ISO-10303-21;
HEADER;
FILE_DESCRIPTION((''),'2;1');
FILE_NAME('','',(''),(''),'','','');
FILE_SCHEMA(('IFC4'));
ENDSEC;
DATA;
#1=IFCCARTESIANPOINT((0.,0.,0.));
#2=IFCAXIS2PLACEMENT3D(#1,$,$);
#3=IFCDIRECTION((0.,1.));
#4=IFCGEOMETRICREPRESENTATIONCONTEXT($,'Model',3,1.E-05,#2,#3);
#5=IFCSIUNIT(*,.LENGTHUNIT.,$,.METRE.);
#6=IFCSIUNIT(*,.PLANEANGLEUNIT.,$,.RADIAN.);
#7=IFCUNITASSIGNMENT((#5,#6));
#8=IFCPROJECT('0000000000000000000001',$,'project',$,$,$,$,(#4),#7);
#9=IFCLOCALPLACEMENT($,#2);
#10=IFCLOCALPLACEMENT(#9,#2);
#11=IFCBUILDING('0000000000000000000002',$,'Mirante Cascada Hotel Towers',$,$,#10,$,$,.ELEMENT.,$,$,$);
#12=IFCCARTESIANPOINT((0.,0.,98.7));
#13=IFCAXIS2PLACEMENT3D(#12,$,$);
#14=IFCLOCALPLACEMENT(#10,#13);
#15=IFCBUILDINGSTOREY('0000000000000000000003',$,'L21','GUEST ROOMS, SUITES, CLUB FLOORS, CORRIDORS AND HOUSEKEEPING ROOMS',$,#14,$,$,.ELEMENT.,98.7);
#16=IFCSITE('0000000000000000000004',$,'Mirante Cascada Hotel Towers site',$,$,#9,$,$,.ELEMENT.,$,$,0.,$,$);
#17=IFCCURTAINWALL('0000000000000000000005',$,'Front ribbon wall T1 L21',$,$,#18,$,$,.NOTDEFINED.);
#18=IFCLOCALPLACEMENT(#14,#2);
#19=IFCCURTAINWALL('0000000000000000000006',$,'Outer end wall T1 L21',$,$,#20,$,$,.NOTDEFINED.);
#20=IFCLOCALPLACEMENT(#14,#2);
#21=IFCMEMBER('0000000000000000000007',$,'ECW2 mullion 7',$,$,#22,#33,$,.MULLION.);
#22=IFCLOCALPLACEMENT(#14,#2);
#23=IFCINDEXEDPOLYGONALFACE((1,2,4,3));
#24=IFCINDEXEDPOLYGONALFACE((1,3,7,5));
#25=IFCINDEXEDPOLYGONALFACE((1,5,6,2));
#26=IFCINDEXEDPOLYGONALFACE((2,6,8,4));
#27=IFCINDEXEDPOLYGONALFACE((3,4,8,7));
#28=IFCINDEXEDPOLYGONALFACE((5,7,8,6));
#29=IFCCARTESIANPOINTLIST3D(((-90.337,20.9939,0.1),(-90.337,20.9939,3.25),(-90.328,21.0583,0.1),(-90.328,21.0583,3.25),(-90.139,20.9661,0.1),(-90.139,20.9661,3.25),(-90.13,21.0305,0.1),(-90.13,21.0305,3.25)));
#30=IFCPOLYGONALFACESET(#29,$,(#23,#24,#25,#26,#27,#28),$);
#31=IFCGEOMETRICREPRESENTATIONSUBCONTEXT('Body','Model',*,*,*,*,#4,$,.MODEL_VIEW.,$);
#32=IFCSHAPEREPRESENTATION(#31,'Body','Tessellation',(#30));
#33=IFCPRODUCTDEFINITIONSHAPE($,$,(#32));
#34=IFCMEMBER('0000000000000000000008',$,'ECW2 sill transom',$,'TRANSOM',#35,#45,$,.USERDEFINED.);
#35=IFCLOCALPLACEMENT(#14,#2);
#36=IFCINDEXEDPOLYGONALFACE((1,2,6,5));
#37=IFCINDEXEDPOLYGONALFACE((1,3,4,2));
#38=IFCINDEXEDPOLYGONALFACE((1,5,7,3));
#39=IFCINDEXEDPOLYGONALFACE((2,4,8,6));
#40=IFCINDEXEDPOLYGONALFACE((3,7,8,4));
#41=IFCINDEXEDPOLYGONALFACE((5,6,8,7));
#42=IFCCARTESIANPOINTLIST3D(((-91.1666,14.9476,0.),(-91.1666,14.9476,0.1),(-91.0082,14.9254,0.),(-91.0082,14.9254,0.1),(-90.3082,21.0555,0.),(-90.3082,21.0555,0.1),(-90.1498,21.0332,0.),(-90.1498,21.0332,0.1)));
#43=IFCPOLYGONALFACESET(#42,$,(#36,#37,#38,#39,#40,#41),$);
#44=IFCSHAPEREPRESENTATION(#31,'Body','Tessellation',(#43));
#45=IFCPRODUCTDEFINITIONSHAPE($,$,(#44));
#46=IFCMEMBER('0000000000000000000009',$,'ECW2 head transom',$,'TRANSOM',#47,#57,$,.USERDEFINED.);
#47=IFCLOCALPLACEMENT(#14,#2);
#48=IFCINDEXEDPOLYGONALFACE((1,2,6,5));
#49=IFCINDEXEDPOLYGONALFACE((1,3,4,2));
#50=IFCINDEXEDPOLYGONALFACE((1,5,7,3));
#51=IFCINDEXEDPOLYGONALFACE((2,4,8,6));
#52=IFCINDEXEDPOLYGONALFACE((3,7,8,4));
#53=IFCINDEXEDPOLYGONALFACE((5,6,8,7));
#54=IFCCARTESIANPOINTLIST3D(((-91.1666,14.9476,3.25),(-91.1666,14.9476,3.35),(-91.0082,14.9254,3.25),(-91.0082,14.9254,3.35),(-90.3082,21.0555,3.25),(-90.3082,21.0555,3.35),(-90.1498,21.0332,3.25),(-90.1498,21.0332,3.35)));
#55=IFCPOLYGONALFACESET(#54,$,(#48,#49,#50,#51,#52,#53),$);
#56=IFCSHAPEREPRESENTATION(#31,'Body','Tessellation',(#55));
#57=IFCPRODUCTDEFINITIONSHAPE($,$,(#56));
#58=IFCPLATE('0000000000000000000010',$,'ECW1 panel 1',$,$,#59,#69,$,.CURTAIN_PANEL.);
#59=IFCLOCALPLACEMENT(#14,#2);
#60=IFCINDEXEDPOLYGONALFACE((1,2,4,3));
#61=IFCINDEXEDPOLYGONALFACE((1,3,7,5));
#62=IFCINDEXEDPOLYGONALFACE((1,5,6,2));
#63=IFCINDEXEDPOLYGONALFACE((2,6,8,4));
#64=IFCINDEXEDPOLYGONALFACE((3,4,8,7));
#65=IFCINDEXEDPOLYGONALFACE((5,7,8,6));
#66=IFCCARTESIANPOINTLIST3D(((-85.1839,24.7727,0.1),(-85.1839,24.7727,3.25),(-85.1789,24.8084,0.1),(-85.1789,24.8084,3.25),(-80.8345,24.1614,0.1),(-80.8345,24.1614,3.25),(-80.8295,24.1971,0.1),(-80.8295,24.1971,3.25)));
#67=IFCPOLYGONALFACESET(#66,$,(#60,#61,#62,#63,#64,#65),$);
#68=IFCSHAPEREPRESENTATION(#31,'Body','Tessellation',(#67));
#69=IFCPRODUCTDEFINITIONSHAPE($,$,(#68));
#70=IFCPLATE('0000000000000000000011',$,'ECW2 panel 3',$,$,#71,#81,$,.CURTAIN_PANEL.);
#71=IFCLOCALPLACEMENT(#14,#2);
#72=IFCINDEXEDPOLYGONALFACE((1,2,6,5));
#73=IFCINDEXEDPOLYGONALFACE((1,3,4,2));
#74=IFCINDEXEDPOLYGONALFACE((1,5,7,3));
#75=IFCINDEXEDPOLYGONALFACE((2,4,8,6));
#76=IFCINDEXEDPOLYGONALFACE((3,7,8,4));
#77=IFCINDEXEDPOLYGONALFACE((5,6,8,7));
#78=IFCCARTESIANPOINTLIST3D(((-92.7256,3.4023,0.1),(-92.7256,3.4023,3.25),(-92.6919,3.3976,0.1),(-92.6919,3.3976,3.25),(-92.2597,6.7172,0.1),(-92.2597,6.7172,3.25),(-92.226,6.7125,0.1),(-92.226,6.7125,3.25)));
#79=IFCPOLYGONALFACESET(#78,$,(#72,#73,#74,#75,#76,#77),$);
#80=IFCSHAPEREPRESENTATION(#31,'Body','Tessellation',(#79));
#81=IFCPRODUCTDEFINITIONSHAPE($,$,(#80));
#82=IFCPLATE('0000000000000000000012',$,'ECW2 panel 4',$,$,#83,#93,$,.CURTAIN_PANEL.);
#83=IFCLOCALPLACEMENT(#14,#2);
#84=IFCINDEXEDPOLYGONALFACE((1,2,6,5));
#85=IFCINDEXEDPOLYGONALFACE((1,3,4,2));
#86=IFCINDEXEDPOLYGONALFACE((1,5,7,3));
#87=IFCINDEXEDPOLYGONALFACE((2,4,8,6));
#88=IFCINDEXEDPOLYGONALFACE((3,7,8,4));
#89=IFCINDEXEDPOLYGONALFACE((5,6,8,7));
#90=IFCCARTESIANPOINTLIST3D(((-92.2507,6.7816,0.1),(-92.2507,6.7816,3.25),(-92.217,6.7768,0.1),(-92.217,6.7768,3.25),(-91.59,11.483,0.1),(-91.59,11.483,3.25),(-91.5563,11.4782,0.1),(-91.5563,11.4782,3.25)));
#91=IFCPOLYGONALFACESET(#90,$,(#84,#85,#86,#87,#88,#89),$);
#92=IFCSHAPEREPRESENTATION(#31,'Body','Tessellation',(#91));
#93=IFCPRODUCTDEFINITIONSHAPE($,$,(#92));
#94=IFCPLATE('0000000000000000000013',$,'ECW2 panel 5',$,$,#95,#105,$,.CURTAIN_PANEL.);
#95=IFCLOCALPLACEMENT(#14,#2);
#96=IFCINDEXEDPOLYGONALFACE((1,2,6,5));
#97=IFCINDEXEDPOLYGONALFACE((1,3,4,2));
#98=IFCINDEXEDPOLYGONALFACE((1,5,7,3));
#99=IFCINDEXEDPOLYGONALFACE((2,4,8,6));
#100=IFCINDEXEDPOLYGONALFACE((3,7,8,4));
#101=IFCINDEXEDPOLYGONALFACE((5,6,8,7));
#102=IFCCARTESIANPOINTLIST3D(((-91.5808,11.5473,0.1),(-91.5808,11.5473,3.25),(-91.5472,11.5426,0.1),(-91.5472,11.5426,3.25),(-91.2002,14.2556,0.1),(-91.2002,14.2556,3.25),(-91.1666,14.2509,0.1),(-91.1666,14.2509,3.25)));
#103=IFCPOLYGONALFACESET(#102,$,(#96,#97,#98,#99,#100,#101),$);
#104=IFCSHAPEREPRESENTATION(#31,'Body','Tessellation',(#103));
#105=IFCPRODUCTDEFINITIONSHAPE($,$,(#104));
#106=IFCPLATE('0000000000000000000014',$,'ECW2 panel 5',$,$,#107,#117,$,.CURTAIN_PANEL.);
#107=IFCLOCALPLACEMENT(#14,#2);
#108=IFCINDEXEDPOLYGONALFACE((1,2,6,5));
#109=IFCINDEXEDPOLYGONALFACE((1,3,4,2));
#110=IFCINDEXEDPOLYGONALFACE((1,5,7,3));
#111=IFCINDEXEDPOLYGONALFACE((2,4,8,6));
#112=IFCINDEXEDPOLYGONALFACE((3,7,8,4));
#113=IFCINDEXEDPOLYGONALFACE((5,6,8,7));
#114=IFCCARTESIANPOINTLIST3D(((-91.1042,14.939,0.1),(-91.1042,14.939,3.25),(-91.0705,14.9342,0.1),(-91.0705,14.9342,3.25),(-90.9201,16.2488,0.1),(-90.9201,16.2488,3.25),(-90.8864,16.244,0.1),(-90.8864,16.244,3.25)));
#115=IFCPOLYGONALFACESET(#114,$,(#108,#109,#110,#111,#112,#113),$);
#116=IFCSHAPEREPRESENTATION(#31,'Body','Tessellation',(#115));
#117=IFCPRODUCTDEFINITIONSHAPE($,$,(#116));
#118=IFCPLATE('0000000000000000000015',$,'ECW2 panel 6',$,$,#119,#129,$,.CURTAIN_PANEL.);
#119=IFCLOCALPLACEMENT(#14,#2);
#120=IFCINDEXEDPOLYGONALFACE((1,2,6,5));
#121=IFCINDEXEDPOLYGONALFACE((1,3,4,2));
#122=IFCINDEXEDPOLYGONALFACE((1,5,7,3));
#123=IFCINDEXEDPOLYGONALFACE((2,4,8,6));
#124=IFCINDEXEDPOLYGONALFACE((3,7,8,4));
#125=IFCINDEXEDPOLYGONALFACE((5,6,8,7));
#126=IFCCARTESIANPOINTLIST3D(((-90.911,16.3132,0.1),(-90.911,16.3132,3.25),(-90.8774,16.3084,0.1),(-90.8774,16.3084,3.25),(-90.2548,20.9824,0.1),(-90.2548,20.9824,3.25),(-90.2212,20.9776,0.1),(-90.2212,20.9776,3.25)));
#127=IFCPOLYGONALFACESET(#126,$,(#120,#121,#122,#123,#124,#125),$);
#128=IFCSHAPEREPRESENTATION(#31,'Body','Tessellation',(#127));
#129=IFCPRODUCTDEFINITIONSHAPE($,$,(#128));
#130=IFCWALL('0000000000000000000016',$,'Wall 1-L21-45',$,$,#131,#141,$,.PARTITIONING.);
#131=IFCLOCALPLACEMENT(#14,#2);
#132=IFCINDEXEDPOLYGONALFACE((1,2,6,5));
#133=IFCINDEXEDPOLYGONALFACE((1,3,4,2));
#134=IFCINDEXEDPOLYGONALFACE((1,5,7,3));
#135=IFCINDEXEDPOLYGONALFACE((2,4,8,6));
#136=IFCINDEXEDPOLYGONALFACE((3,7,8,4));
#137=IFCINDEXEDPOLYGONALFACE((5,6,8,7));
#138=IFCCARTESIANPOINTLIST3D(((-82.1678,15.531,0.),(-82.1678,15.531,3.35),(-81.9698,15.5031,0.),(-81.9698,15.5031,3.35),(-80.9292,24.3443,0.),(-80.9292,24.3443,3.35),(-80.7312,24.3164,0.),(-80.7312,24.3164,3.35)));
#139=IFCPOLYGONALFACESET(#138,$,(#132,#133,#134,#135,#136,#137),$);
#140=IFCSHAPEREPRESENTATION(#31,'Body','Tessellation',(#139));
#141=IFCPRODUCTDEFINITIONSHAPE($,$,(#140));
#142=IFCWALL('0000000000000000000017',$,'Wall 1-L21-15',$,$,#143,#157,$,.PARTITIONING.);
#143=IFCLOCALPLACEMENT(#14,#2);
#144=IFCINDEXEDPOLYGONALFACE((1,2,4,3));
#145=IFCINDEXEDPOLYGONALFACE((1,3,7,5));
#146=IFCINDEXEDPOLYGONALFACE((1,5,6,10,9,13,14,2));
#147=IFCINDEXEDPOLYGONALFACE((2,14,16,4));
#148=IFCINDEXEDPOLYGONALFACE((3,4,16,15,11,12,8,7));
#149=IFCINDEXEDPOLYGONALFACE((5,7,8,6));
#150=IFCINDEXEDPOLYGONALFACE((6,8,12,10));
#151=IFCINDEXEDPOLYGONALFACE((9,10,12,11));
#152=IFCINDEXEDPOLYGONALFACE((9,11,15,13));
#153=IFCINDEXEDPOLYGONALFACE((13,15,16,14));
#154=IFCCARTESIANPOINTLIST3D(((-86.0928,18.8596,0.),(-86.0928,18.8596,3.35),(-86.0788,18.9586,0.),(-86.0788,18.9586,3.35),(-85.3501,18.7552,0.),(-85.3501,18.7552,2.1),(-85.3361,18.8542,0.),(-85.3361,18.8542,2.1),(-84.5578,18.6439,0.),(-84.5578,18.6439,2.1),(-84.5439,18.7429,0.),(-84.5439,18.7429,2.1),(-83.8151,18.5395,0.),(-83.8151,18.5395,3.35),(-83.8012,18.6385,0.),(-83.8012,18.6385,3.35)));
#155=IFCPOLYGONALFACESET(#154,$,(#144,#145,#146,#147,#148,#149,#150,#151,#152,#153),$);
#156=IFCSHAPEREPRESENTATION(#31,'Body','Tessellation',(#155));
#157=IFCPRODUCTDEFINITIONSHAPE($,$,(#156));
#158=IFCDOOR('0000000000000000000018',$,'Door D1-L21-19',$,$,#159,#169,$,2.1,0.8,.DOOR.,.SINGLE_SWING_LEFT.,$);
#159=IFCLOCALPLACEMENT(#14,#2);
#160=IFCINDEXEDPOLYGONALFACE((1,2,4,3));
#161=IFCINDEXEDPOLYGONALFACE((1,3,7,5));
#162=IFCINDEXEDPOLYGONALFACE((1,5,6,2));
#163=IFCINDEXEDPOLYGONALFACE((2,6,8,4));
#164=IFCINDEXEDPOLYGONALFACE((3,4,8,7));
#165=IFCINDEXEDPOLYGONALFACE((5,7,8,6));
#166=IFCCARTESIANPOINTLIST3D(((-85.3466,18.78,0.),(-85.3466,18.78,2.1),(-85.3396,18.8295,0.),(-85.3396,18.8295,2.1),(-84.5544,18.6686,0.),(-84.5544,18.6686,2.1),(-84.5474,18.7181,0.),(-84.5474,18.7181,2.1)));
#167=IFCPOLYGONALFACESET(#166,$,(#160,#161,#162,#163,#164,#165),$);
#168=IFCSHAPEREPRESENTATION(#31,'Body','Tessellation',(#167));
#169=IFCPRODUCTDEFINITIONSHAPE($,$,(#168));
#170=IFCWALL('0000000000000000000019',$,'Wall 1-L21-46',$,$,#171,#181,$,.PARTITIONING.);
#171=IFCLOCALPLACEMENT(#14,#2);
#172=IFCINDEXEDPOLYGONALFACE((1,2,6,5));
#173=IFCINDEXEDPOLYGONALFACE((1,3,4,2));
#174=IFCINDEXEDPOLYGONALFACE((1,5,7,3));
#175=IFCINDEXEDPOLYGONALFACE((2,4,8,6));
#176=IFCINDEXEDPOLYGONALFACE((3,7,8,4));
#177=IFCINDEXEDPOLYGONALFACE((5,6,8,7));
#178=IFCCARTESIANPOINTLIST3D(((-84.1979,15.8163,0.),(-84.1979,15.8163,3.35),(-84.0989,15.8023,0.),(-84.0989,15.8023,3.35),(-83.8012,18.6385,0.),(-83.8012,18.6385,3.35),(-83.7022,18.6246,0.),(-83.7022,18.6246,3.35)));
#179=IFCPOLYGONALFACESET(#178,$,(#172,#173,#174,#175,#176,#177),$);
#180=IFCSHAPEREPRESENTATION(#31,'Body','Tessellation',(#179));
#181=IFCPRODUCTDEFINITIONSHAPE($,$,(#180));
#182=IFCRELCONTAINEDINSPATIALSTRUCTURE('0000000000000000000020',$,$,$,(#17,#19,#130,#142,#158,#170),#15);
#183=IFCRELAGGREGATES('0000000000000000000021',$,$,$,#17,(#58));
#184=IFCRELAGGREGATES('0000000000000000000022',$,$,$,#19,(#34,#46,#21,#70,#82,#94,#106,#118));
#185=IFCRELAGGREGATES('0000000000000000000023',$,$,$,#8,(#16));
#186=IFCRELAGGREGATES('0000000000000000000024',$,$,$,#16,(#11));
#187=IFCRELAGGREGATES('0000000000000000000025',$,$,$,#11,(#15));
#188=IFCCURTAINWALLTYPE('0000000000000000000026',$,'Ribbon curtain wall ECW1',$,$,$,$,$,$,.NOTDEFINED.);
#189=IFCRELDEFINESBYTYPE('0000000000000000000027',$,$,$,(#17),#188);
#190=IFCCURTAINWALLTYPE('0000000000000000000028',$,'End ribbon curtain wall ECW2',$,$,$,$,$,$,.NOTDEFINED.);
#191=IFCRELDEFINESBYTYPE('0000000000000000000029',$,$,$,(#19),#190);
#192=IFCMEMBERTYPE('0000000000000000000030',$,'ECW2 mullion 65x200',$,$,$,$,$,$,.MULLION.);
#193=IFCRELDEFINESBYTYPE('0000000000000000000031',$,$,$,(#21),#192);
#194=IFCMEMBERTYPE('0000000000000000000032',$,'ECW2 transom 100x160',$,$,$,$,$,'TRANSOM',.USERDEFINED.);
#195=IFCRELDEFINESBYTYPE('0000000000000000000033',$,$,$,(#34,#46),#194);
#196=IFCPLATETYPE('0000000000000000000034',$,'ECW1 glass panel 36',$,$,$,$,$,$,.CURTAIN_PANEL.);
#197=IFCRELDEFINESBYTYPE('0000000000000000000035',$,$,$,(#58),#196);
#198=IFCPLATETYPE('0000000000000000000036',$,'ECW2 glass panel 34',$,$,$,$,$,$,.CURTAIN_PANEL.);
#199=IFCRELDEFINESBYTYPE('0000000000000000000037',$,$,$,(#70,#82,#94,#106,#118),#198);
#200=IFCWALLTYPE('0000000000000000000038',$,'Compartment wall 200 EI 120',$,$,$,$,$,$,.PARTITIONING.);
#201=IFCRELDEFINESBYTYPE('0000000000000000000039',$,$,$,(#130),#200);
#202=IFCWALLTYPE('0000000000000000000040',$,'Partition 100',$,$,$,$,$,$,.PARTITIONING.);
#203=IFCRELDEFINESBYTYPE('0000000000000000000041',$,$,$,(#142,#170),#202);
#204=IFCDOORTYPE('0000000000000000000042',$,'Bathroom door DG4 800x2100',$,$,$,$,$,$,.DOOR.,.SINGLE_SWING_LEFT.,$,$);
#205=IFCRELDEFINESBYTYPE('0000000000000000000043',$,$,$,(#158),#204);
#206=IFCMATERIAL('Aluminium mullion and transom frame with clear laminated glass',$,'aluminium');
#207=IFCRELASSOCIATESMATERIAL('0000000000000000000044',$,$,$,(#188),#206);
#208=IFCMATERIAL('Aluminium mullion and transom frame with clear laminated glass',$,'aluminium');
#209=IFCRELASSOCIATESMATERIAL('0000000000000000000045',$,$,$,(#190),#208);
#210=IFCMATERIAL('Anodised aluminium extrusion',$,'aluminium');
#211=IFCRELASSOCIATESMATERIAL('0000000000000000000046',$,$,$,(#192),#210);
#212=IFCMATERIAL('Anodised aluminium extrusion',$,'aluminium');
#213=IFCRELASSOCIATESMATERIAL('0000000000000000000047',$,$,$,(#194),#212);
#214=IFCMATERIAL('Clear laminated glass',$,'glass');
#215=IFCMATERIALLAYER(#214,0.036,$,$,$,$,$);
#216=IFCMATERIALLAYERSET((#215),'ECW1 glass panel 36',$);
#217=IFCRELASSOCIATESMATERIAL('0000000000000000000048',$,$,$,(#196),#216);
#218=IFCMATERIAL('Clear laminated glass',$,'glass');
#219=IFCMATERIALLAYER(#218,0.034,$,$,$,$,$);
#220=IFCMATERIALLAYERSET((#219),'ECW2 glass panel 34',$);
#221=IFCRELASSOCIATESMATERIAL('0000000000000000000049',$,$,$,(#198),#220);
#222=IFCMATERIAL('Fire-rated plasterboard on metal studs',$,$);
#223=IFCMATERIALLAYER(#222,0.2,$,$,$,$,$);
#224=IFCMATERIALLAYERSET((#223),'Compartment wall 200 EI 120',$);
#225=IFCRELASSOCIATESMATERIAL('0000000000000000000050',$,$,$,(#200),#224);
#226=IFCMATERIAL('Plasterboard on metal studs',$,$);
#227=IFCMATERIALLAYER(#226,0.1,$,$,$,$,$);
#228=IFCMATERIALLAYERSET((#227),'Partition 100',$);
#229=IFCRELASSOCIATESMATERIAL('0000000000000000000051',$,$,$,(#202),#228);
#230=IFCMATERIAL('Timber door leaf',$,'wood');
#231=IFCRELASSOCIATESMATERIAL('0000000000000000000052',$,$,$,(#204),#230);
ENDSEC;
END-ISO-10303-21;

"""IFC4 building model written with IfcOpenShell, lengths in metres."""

from ifc_helpers import new_model, si_unit, direction, frame, frame_2d, origin, origin_2d, place, context, subcontext, project, spatial, rectangle, extrude, material, layer, layer_set, material_profile, profile_set, type_object, element, fill, aggregate, save


model = new_model("IFC4")

# Units and contexts
model_context = context("Model", 3, precision=1e-05, world=origin(), true_north=direction((0.0, 1.0)))
body_context = subcontext(model_context, "Body", "Model", "MODEL_VIEW")
ifc_project = project(units=[si_unit("LENGTHUNIT", "METRE"), si_unit("PLANEANGLEUNIT", "RADIAN")], contexts=[model_context])

# Site, building, storey
site_placement = place(None, origin())
site = spatial("IfcSite", under=ifc_project, at=site_placement, Name="Mirante Cascada Hotel Towers site", CompositionType="ELEMENT", RefElevation=0.0)
building_placement = place(site_placement, origin())
building = spatial("IfcBuilding", under=site, at=building_placement, Name="Mirante Cascada Hotel Towers", CompositionType="ELEMENT")
storey_placement = place(building_placement, frame((0.0, 0.0, 98.7)))
storey = spatial("IfcBuildingStorey", under=building, at=storey_placement, Name="L21", Description="GUEST ROOMS, SUITES, CLUB FLOORS, CORRIDORS AND HOUSEKEEPING ROOMS", CompositionType="ELEMENT", Elevation=98.7)

# Curtain walls, members
ifc_material_1 = material(Name="Aluminium mullion and transom frame with clear laminated glass", Category="aluminium")
curtain_wall_type_1 = type_object("IfcCurtainWallType", Name="Ribbon curtain wall ECW1", PredefinedType="NOTDEFINED", material=ifc_material_1)
curtain_wall_1_placement = place(storey_placement, origin())
curtain_wall_1 = element("IfcCurtainWall", 1, at=curtain_wall_1_placement, inside=storey, type_object=curtain_wall_type_1, Name="Front ribbon wall T1 L21", PredefinedType="NOTDEFINED")
ifc_material_2 = material(Name="Aluminium mullion and transom frame with clear laminated glass", Category="aluminium")
curtain_wall_type_2 = type_object("IfcCurtainWallType", Name="End ribbon curtain wall ECW2", PredefinedType="NOTDEFINED", material=ifc_material_2)
curtain_wall_2_placement = place(storey_placement, origin())
curtain_wall_2 = element("IfcCurtainWall", 2, at=curtain_wall_2_placement, inside=storey, type_object=curtain_wall_type_2, Name="Outer end wall T1 L21", PredefinedType="NOTDEFINED")
ifc_material_3 = material(Name="Anodised aluminium extrusion", Category="aluminium")
ifc_material_profile_1 = material_profile(ifc_material_3, rectangle(XDim=0.2, YDim=0.065, at=origin_2d()), Name="ECW2 MULLION 65x200")
ifc_profile_set_1 = profile_set([ifc_material_profile_1], Name="Anodised aluminium extrusion")
member_type_1 = type_object("IfcMemberType", Name="ECW2 mullion 65x200", PredefinedType="MULLION", material=ifc_profile_set_1)
member_1_placement = place(storey_placement, frame((-90.2335, 21.0122, 0.1), z_axis=(0.0, 0.0, 1.0), x_axis=(-0.990268, 0.139173, 0.0)))
member_1 = element("IfcMember", 3, at=member_1_placement, type_object=member_type_1, Name="ECW2 mullion 7", PredefinedType="MULLION", context=body_context, shape_type="SweptSolid", body=[
    extrude(rectangle(XDim=0.2, YDim=0.065, at=origin_2d()), origin(), (0.0, 0.0, 1.0), 3.15),
])
ifc_material_4 = material(Name="Anodised aluminium extrusion", Category="aluminium")
ifc_material_profile_2 = material_profile(ifc_material_4, rectangle(XDim=0.16, YDim=0.1, at=origin_2d()), Name="ECW2 TRANSOM 100x160")
ifc_profile_set_2 = profile_set([ifc_material_profile_2], Name="Anodised aluminium extrusion")
member_type_2 = type_object("IfcMemberType", Name="ECW2 transom 100x160", ElementType="TRANSOM", PredefinedType="USERDEFINED", material=ifc_profile_set_2)
member_2_placement = place(storey_placement, frame((-91.0874, 14.9365, 0.05), z_axis=(0.139172, 0.990268, 0.0), x_axis=(-0.990268, 0.139172, 0.0)))
member_2 = element("IfcMember", 4, at=member_2_placement, type_object=member_type_2, Name="ECW2 sill transom", ObjectType="TRANSOM", PredefinedType="USERDEFINED", context=body_context, shape_type="SweptSolid", body=[
    extrude(rectangle(XDim=0.16, YDim=0.1, at=origin_2d()), origin(), (0.0, 0.0, 1.0), 6.1679),
])
member_3_placement = place(storey_placement, frame((-91.0874, 14.9365, 3.3), z_axis=(0.139172, 0.990268, 0.0), x_axis=(-0.990268, 0.139172, 0.0)))
member_3 = element("IfcMember", 5, at=member_3_placement, type_object=member_type_2, Name="ECW2 head transom", ObjectType="TRANSOM", PredefinedType="USERDEFINED", context=body_context, shape_type="SweptSolid", body=[
    extrude(rectangle(XDim=0.16, YDim=0.1, at=origin_2d()), origin(), (0.0, 0.0, 1.0), 6.1679),
])

# Plates
ifc_material_5 = material(Name="Clear laminated glass", Category="glass")
ifc_layer_1 = layer(ifc_material_5, 0.036)
ifc_layer_set_1 = layer_set([ifc_layer_1], Name="ECW1 glass panel 36")
plate_type_1 = type_object("IfcPlateType", Name="ECW1 glass panel 36", PredefinedType="CURTAIN_PANEL", material=ifc_layer_set_1)
plate_1_placement = place(storey_placement, frame((-83.0067, 24.4849, 0.1), z_axis=(0.0, 0.0, 1.0), x_axis=(0.990268, -0.139173, 0.0)))
plate_1 = element("IfcPlate", 6, at=plate_1_placement, type_object=plate_type_1, Name="ECW1 panel 1", PredefinedType="CURTAIN_PANEL", context=body_context, shape_type="SweptSolid", body=[
    extrude(rectangle(XDim=4.3921, YDim=0.036, at=origin_2d()), origin(), (0.0, 0.0, 1.0), 3.15),
])
aggregate(curtain_wall_1, [plate_1])
ifc_material_6 = material(Name="Clear laminated glass", Category="glass")
ifc_layer_2 = layer(ifc_material_6, 0.034)
ifc_layer_set_2 = layer_set([ifc_layer_2], Name="ECW2 glass panel 34")
plate_type_2 = type_object("IfcPlateType", Name="ECW2 glass panel 34", PredefinedType="CURTAIN_PANEL", material=ifc_layer_set_2)
plate_2_placement = place(storey_placement, frame((-92.4758, 5.0574, 0.1), z_axis=(0.0, 0.0, 1.0), x_axis=(0.139173, 0.990268, 0.0)))
plate_2 = element("IfcPlate", 7, at=plate_2_placement, type_object=plate_type_2, Name="ECW2 panel 3", PredefinedType="CURTAIN_PANEL", context=body_context, shape_type="SweptSolid", body=[
    extrude(rectangle(XDim=3.3475, YDim=0.034, at=origin_2d()), origin(), (0.0, 0.0, 1.0), 3.15),
])
plate_3_placement = place(storey_placement, frame((-91.9035, 9.1299, 0.1), z_axis=(0.0, 0.0, 1.0), x_axis=(0.139173, 0.990268, 0.0)))
plate_3 = element("IfcPlate", 8, at=plate_3_placement, type_object=plate_type_2, Name="ECW2 panel 4", PredefinedType="CURTAIN_PANEL", context=body_context, shape_type="SweptSolid", body=[
    extrude(rectangle(XDim=4.7476, YDim=0.034, at=origin_2d()), origin(), (0.0, 0.0, 1.0), 3.15),
])
plate_4_placement = place(storey_placement, frame((-91.3737, 12.8991, 0.1), z_axis=(0.0, 0.0, 1.0), x_axis=(0.139173, 0.990268, 0.0)))
plate_4 = element("IfcPlate", 9, at=plate_4_placement, type_object=plate_type_2, Name="ECW2 panel 5", PredefinedType="CURTAIN_PANEL", context=body_context, shape_type="SweptSolid", body=[
    extrude(rectangle(XDim=2.7349, YDim=0.034, at=origin_2d()), origin(), (0.0, 0.0, 1.0), 3.15),
])
plate_5_placement = place(storey_placement, frame((-90.9953, 15.5915, 0.1), z_axis=(0.0, 0.0, 1.0), x_axis=(0.139173, 0.990268, 0.0)))
plate_5 = element("IfcPlate", 10, at=plate_5_placement, type_object=plate_type_2, Name="ECW2 panel 5", PredefinedType="CURTAIN_PANEL", context=body_context, shape_type="SweptSolid", body=[
    extrude(rectangle(XDim=1.3227, YDim=0.034, at=origin_2d()), origin(), (0.0, 0.0, 1.0), 3.15),
])
plate_6_placement = place(storey_placement, frame((-90.5661, 18.6454, 0.1), z_axis=(0.0, 0.0, 1.0), x_axis=(0.139173, 0.990268, 0.0)))
plate_6 = element("IfcPlate", 11, at=plate_6_placement, type_object=plate_type_2, Name="ECW2 panel 6", PredefinedType="CURTAIN_PANEL", context=body_context, shape_type="SweptSolid", body=[
    extrude(rectangle(XDim=4.7151, YDim=0.034, at=origin_2d()), origin(), (0.0, 0.0, 1.0), 3.15),
])
aggregate(curtain_wall_2, [member_2, member_3, member_1, plate_2, plate_3, plate_4, plate_5, plate_6])

# Wall
ifc_material_7 = material(Name="Fire-rated plasterboard on metal studs")
ifc_layer_3 = layer(ifc_material_7, 0.2)
ifc_layer_set_3 = layer_set([ifc_layer_3], Name="Compartment wall 200 EI 120")
wall_type_1 = type_object("IfcWallType", Name="Compartment wall 200 EI 120", PredefinedType="PARTITIONING", material=ifc_layer_set_3)
wall_1_placement = place(storey_placement, frame((-80.8302, 24.3304, 0.0), z_axis=(0.0, 0.0, 1.0), x_axis=(-0.13917, -0.990268, 0.0)))
element("IfcWall", 12, at=wall_1_placement, inside=storey, type_object=wall_type_1, Name="Wall 1-L21-45", PredefinedType="PARTITIONING", context=body_context, shape_type="SweptSolid", body=[
    extrude(rectangle(XDim=8.8999, YDim=0.2, at=frame_2d((4.45, 0.0))), origin(), (0.0, 0.0, 1.0), 3.35),
])

# Wall, opening, door
ifc_material_8 = material(Name="Plasterboard on metal studs")
ifc_layer_4 = layer(ifc_material_8, 0.1)
ifc_layer_set_4 = layer_set([ifc_layer_4], Name="Partition 100")
wall_type_2 = type_object("IfcWallType", Name="Partition 100", PredefinedType="PARTITIONING", material=ifc_layer_set_4)
wall_2_placement = place(storey_placement, frame((-86.0858, 18.9091, 0.0), z_axis=(0.0, 0.0, 1.0), x_axis=(0.990268, -0.139175, 0.0)))
wall_2 = element("IfcWall", 13, at=wall_2_placement, inside=storey, type_object=wall_type_2, Name="Wall 1-L21-15", PredefinedType="PARTITIONING", context=body_context, shape_type="SweptSolid", body=[
    extrude(rectangle(XDim=2.3, YDim=0.1, at=frame_2d((1.15, 0.0))), origin(), (0.0, 0.0, 1.0), 3.35),
])
opening_1_placement = place(wall_2_placement, frame((0.75, 0.0, 0.0)))
opening_1 = element("IfcOpeningElement", 14, at=opening_1_placement, cuts=wall_2, PredefinedType="OPENING", context=body_context, shape_type="SweptSolid", body=[
    extrude(rectangle(XDim=0.8, YDim=2.1, at=frame_2d((0.4, 1.05))), frame((0.0, 0.05, 0.0), z_axis=(0.0, -1.0, 0.0), x_axis=(1.0, 0.0, 0.0)), (0.0, 0.0, 1.0), 0.1),
])
ifc_material_9 = material(Name="Timber door leaf", Category="wood")
door_type = type_object("IfcDoorType", Name="Bathroom door DG4 800x2100", OperationType="SINGLE_SWING_LEFT", PredefinedType="DOOR", material=ifc_material_9)
door_placement = place(opening_1_placement, origin())
door = element("IfcDoor", 15, at=door_placement, inside=storey, type_object=door_type, Name="Door D1-L21-19", OperationType="SINGLE_SWING_LEFT", OverallHeight=2.1, OverallWidth=0.8, PredefinedType="DOOR", context=body_context, shape_type="SweptSolid", body=[
    extrude(rectangle(XDim=0.8, YDim=2.1, at=frame_2d((0.4, 1.05))), frame((0.0, 0.025, 0.0), z_axis=(0.0, -1.0, 0.0), x_axis=(1.0, 0.0, 0.0)), (0.0, 0.0, 1.0), 0.05),
])
fill(opening_1, door)

# Wall
wall_3_placement = place(storey_placement, frame((-84.1484, 15.8093, 0.0), z_axis=(0.0, 0.0, 1.0), x_axis=(0.139191, 0.990266, 0.0)))
element("IfcWall", 16, at=wall_3_placement, inside=storey, type_object=wall_type_2, Name="Wall 1-L21-46", PredefinedType="PARTITIONING", context=body_context, shape_type="SweptSolid", body=[
    extrude(rectangle(XDim=2.85, YDim=0.1, at=frame_2d((1.425, 0.0))), origin(), (0.0, 0.0, 1.0), 3.35),
])

save(model, "model.ifc")
